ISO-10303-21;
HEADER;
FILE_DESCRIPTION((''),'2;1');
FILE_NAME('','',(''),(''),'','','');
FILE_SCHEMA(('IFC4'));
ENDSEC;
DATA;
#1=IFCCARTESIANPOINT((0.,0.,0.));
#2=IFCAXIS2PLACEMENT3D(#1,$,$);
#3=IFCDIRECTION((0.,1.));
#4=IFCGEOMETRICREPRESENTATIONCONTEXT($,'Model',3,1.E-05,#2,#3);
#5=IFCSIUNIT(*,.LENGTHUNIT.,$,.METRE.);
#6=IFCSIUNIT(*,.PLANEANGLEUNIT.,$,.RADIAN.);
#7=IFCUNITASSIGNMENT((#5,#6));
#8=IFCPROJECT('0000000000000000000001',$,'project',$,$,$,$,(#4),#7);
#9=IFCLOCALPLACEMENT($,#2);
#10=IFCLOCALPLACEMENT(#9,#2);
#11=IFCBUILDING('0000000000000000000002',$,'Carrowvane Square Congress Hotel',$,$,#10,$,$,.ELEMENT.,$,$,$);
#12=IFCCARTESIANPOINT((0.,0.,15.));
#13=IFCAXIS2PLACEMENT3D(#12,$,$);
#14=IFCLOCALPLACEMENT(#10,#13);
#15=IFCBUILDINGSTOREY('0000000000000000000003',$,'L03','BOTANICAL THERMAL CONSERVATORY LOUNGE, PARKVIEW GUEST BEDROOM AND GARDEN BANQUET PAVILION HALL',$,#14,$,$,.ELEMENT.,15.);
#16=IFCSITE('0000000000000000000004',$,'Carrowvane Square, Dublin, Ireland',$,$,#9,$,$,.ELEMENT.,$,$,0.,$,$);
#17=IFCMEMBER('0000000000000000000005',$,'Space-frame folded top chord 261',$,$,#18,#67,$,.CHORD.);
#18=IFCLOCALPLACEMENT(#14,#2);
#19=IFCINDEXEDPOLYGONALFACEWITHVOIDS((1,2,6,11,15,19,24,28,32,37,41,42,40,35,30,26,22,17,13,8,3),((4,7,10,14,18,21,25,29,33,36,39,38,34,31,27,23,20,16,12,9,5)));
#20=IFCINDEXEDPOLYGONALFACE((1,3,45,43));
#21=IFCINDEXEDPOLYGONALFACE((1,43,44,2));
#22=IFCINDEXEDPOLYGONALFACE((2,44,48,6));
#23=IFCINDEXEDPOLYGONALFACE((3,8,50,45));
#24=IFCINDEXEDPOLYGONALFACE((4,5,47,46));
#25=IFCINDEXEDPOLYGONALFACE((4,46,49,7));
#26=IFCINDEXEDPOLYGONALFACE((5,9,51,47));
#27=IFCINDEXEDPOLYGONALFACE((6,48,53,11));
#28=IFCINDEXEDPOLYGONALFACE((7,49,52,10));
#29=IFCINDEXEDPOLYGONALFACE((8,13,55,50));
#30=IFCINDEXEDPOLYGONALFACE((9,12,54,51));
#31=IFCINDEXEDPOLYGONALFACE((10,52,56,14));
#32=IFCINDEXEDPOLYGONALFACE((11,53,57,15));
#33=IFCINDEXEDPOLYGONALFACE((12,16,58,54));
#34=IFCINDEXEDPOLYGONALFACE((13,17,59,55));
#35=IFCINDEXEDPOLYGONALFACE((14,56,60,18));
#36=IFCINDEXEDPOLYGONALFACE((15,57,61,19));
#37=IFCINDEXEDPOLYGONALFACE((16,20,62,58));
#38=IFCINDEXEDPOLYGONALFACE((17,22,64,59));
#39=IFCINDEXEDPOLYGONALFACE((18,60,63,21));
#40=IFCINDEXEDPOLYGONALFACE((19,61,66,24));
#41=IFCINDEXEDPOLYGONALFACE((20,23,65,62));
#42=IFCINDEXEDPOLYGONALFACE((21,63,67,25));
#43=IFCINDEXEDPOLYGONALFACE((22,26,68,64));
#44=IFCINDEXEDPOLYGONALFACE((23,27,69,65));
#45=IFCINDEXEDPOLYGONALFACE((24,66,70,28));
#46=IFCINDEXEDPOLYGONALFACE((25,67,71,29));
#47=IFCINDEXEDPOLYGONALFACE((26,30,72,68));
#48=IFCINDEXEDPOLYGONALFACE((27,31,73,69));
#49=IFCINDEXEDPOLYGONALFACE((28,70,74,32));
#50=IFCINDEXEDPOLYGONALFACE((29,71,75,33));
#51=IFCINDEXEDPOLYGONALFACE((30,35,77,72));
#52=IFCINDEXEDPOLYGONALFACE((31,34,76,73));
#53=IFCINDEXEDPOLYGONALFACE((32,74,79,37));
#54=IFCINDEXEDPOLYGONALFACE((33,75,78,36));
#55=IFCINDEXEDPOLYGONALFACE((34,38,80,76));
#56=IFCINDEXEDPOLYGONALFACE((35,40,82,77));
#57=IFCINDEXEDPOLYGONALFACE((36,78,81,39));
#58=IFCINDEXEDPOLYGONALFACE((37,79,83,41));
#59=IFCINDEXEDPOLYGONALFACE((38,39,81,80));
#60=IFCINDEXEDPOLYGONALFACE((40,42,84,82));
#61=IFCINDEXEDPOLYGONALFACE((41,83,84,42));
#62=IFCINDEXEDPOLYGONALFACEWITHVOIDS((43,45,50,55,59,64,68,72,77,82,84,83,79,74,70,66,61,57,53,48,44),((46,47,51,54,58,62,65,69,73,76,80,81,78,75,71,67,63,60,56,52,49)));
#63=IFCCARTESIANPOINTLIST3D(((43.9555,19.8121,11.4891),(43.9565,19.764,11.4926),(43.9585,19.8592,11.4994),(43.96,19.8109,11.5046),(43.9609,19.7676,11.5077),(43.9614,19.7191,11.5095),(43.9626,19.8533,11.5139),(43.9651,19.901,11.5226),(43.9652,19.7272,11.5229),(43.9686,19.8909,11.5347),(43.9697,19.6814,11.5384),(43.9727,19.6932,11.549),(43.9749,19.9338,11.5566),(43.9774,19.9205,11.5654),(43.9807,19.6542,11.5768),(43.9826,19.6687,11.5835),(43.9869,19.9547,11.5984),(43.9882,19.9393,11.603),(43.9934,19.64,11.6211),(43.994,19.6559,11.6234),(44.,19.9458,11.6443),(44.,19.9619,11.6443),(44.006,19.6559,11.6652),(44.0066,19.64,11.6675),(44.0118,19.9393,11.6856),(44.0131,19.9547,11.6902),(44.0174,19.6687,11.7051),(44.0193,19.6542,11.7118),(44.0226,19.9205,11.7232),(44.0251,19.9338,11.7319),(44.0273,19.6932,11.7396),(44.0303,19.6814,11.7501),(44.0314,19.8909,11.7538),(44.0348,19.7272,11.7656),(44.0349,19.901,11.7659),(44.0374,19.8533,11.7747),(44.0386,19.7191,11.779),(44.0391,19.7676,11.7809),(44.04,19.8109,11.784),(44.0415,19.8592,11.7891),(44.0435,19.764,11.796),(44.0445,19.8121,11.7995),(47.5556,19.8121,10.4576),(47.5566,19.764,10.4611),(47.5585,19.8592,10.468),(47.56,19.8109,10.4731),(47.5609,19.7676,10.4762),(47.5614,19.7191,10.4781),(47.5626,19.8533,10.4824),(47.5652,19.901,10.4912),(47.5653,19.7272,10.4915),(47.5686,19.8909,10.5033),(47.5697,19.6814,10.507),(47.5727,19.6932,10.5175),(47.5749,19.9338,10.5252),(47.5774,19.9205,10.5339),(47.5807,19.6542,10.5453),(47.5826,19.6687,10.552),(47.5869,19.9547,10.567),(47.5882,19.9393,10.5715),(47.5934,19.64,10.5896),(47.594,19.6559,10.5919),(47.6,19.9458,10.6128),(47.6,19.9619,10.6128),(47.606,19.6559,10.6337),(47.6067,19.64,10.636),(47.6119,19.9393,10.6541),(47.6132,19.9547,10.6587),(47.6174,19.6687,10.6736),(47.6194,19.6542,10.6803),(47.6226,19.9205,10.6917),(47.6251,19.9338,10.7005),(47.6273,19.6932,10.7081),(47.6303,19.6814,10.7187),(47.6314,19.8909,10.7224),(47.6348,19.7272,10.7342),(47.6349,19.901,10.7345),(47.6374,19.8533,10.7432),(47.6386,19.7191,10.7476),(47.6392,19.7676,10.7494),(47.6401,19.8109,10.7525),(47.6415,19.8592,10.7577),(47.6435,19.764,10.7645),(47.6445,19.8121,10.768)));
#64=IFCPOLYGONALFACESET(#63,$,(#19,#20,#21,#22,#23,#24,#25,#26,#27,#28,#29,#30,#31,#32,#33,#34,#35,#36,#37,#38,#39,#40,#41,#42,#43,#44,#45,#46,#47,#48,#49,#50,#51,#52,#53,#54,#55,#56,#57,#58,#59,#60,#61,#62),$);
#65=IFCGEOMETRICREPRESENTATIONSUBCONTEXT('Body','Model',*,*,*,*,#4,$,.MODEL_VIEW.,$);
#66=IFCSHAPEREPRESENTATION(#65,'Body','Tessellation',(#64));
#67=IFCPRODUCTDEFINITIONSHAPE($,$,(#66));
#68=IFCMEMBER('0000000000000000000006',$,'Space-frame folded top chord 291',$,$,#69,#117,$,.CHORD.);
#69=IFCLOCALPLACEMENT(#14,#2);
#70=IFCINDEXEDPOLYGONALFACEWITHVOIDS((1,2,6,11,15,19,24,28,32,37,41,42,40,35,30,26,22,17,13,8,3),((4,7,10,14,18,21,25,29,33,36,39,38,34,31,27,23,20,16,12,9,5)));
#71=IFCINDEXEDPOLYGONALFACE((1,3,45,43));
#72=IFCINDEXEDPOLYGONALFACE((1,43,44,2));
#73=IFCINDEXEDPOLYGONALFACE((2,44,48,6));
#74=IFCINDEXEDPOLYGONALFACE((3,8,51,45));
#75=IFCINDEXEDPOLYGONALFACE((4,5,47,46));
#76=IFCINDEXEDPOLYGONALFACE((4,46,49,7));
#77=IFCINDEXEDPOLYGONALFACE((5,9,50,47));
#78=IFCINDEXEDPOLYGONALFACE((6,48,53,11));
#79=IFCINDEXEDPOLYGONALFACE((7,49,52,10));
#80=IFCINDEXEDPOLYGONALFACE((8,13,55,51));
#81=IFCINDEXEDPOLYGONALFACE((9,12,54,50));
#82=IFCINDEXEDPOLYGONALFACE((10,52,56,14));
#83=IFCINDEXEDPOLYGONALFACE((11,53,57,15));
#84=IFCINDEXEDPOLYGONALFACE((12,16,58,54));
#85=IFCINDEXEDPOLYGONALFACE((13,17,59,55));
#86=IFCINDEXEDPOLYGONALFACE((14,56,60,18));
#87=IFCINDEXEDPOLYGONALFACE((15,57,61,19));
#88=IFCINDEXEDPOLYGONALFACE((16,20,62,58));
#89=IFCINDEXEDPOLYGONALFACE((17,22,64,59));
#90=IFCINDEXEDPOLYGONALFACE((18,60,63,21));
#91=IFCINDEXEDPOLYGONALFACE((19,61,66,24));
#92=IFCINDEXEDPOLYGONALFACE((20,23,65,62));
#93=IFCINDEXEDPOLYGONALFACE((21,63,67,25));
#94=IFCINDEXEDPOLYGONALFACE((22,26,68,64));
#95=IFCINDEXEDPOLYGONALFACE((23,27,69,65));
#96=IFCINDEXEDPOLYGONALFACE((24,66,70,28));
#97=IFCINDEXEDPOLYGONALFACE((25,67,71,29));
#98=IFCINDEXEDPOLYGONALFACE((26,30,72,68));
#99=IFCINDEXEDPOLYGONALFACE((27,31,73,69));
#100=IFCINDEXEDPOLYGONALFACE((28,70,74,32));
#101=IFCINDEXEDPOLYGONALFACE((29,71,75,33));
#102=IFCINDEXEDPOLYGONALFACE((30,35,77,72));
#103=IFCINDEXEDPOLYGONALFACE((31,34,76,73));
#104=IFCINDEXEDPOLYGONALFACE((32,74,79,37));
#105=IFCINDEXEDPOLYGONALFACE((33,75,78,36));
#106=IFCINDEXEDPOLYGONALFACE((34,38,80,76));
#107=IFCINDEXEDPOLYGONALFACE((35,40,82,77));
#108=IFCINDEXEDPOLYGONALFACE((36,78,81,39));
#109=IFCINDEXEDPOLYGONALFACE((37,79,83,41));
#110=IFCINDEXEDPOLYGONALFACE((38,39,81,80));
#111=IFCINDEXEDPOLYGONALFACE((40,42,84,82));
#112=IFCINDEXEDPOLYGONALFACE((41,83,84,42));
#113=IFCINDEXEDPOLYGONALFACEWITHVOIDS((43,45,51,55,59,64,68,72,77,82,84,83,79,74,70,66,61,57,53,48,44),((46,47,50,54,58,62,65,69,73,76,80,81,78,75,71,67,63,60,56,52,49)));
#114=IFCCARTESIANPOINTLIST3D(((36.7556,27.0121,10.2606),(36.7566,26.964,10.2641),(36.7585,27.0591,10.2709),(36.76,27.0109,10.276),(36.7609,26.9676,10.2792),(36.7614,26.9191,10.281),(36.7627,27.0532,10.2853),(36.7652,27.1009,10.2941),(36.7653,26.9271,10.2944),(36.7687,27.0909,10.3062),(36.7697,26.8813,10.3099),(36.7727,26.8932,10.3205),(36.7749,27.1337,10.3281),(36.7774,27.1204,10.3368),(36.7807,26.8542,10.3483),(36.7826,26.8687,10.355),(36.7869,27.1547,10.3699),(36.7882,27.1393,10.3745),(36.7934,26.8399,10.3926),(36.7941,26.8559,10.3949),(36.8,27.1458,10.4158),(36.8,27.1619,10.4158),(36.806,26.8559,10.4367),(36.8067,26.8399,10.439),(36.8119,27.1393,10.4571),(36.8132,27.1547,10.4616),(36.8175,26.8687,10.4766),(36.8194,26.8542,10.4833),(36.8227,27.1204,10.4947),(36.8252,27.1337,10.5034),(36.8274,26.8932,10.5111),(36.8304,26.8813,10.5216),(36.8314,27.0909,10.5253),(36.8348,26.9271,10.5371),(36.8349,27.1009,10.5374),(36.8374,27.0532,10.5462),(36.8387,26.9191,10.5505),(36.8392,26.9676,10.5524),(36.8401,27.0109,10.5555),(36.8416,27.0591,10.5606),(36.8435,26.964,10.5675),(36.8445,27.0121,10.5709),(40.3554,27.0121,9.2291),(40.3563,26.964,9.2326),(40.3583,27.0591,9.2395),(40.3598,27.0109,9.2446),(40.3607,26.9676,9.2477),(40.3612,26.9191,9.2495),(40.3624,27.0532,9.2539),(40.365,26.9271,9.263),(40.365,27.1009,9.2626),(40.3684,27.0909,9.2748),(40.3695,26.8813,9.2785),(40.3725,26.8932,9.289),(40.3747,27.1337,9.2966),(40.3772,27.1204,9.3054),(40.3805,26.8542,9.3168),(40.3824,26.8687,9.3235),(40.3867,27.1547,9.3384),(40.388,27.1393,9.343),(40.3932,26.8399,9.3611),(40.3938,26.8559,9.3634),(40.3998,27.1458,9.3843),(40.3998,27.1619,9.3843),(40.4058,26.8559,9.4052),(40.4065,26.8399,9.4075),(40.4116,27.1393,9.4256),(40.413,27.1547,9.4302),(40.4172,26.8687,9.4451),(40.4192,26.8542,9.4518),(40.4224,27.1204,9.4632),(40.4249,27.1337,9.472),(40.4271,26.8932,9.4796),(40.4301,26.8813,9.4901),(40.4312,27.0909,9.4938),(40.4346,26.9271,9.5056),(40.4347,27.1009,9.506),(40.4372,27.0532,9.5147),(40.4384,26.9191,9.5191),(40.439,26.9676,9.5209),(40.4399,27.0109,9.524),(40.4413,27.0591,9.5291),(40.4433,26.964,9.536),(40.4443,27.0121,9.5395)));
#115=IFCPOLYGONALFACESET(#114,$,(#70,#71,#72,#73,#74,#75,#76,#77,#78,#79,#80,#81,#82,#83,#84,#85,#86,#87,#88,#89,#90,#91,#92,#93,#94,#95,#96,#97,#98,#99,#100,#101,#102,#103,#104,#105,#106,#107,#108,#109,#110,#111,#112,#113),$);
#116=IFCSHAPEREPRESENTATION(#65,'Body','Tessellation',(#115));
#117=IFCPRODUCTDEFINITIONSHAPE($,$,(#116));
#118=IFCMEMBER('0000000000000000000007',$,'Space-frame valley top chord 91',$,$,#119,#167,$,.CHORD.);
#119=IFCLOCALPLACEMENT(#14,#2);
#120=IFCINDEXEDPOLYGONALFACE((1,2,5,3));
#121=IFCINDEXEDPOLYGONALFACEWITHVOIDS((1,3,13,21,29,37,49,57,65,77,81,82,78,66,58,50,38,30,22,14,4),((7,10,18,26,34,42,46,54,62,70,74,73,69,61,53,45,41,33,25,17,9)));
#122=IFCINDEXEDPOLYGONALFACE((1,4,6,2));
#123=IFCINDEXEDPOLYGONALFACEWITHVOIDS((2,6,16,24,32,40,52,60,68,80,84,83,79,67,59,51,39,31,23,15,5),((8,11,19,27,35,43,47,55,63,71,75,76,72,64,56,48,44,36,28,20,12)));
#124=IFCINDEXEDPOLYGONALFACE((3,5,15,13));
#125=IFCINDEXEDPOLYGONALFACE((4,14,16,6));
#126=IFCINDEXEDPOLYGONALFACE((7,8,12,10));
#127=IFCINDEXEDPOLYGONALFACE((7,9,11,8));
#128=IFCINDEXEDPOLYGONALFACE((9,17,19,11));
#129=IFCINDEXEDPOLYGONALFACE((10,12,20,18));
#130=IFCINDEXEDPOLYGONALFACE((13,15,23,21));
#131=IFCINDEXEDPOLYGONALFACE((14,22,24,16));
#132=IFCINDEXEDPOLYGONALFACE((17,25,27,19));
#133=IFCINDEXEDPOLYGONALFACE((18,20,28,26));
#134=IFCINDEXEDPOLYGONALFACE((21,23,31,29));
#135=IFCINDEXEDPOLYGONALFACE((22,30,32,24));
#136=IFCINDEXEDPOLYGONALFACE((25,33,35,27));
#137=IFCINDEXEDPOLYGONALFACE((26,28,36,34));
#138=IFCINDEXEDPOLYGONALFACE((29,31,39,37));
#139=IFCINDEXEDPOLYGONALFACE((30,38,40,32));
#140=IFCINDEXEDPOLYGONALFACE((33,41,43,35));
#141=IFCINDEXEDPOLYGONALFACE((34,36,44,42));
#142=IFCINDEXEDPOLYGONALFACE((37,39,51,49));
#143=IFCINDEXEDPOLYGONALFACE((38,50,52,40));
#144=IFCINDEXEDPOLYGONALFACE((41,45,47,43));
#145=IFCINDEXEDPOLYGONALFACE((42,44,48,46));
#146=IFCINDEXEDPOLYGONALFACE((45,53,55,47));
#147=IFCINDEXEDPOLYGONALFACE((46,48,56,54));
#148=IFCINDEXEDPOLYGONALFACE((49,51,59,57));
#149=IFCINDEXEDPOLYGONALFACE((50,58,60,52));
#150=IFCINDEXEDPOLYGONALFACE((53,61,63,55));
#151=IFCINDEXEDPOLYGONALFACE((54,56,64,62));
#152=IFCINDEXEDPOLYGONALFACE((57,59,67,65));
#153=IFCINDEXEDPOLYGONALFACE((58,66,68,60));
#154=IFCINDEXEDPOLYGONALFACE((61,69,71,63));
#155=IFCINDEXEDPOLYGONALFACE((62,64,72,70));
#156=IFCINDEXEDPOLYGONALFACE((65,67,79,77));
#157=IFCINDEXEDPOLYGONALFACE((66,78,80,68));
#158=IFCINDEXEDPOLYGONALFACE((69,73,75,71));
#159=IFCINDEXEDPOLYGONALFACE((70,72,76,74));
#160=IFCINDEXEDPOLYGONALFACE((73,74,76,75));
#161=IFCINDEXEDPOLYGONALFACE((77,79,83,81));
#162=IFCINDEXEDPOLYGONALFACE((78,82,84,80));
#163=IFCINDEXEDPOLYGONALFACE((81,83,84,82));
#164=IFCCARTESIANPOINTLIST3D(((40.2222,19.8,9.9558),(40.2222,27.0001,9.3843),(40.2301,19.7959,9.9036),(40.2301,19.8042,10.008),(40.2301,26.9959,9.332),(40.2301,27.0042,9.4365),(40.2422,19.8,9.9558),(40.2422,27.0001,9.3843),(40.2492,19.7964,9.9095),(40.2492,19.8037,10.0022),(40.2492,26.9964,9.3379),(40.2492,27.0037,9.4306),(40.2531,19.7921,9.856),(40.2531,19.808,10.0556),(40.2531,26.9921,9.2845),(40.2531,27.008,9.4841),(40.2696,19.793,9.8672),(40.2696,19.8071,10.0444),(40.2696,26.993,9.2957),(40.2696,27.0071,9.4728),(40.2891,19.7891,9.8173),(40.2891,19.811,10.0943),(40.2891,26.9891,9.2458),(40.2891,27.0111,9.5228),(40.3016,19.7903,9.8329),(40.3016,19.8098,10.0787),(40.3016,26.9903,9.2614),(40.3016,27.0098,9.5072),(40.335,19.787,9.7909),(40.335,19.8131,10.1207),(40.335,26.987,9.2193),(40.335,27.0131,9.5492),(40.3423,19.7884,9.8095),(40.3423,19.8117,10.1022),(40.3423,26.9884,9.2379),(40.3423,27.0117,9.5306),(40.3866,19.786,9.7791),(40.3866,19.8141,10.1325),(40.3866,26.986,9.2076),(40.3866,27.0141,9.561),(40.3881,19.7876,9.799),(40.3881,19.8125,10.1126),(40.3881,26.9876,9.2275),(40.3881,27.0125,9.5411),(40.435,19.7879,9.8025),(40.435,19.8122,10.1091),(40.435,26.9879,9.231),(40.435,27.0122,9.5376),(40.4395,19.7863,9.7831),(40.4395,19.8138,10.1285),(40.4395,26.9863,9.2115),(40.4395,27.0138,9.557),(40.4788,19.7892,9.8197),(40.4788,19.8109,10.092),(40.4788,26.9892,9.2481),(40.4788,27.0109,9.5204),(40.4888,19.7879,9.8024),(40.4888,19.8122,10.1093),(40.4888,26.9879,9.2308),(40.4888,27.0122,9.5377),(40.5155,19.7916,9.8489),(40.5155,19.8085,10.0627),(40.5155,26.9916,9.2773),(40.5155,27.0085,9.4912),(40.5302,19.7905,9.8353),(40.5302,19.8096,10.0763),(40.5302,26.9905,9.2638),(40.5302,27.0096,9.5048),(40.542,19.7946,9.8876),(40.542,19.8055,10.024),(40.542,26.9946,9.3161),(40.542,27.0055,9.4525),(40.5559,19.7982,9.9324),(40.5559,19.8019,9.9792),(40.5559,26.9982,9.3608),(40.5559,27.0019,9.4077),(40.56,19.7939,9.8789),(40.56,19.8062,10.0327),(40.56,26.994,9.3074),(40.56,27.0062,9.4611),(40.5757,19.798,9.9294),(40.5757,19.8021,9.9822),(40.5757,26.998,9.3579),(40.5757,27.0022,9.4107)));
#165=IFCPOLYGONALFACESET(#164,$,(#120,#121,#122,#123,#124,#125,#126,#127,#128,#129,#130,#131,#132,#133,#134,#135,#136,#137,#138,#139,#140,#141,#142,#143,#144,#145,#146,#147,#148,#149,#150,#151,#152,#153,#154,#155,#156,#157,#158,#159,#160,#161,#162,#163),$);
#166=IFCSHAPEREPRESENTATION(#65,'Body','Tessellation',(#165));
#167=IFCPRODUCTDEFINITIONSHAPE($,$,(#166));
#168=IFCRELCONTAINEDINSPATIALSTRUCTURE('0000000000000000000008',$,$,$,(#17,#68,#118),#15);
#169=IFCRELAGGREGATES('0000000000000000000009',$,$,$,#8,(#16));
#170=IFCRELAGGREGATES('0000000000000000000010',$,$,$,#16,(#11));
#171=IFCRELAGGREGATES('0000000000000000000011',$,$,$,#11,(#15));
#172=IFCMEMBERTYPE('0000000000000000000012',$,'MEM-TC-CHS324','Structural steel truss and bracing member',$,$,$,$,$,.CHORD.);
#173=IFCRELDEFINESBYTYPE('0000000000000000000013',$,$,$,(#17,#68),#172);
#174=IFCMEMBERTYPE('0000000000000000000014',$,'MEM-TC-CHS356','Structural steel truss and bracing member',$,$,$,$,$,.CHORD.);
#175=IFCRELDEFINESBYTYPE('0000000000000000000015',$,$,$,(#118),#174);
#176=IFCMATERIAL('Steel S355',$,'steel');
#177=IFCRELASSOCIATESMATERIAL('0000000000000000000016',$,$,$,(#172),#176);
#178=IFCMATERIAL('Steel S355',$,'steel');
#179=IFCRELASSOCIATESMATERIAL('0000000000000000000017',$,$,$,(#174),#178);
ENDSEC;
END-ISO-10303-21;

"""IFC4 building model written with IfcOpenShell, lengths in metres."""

from ifc_helpers import new_model, si_unit, direction, frame, origin, origin_2d, place, context, subcontext, project, spatial, hollow_circle, extrude, material, material_profile, profile_set, type_object, element, save


model = new_model("IFC4")

# Units and contexts
model_context = context("Model", 3, precision=1e-05, world=origin(), true_north=direction((0.0, 1.0)))
body_context = subcontext(model_context, "Body", "Model", "MODEL_VIEW")
ifc_project = project(units=[si_unit("LENGTHUNIT", "METRE"), si_unit("PLANEANGLEUNIT", "RADIAN")], contexts=[model_context])

# Site, building, storey
site_placement = place(None, origin())
site = spatial("IfcSite", under=ifc_project, at=site_placement, Name="Carrowvane Square, Dublin, Ireland", CompositionType="ELEMENT", RefElevation=0.0)
building_placement = place(site_placement, origin())
building = spatial("IfcBuilding", under=site, at=building_placement, Name="Carrowvane Square Congress Hotel", CompositionType="ELEMENT")
storey_placement = place(building_placement, frame((0.0, 0.0, 15.0)))
storey = spatial("IfcBuildingStorey", under=building, at=storey_placement, Name="L03", Description="BOTANICAL THERMAL CONSERVATORY LOUNGE, PARKVIEW GUEST BEDROOM AND GARDEN BANQUET PAVILION HALL", CompositionType="ELEMENT", Elevation=15.0)

# Members
ifc_material_1 = material(Name="Steel S355", Category="steel")
ifc_material_profile_1 = material_profile(ifc_material_1, hollow_circle(Radius=0.1619, WallThickness=0.0161, at=origin_2d()), Name="CHS 323.9x16")
ifc_profile_set_1 = profile_set([ifc_material_profile_1], Name="Steel S355")
member_type_1 = type_object("IfcMemberType", Name="MEM-TC-CHS324", Description="Structural steel truss and bracing member", PredefinedType="CHORD", material=ifc_profile_set_1)
member_1_placement = place(storey_placement, frame((44.0, 19.8, 11.6443), z_axis=(0.961319, 0.0, -0.275436), x_axis=(0.0, 1.0, 0.0)))
element("IfcMember", 1, at=member_1_placement, inside=storey, type_object=member_type_1, Name="Space-frame folded top chord 261", PredefinedType="CHORD", context=body_context, shape_type="SweptSolid", body=[
    extrude(hollow_circle(Radius=0.1619, WallThickness=0.0161, at=origin_2d()), origin(), (0.0, 0.0, 1.0), 3.7449),
])
member_2_placement = place(storey_placement, frame((36.8, 27.0, 10.4158), z_axis=(0.961315, 0.0, -0.275453), x_axis=(0.0, 1.0, 0.0)))
element("IfcMember", 2, at=member_2_placement, inside=storey, type_object=member_type_1, Name="Space-frame folded top chord 291", PredefinedType="CHORD", context=body_context, shape_type="SweptSolid", body=[
    extrude(hollow_circle(Radius=0.1619, WallThickness=0.0161, at=origin_2d()), origin(), (0.0, 0.0, 1.0), 3.7446),
])
ifc_material_2 = material(Name="Steel S355", Category="steel")
ifc_material_profile_2 = material_profile(ifc_material_2, hollow_circle(Radius=0.1777, WallThickness=0.02, at=origin_2d()), Name="CHS 355.6x20")
ifc_profile_set_2 = profile_set([ifc_material_profile_2], Name="Steel S355")
member_type_2 = type_object("IfcMemberType", Name="MEM-TC-CHS356", Description="Structural steel truss and bracing member", PredefinedType="CHORD", material=ifc_profile_set_2)
for number, where, z_axis, x_axis, name in (
    (3, (40.3999, 19.8, 9.9558), (0.0, 0.996864, -0.079131), (-1.0, 0.0, 0.0), "Space-frame valley top chord 91"),
):
    element("IfcMember", number, at=place(storey_placement, frame(where, z_axis=z_axis, x_axis=x_axis)), inside=storey, type_object=member_type_2, Name=name, PredefinedType="CHORD", context=body_context, shape_type="SweptSolid", body=[
        extrude(hollow_circle(Radius=0.1777, WallThickness=0.02, at=origin_2d()), origin(), (0.0, 0.0, 1.0), 7.2227),
    ])

save(model, "model.ifc")
